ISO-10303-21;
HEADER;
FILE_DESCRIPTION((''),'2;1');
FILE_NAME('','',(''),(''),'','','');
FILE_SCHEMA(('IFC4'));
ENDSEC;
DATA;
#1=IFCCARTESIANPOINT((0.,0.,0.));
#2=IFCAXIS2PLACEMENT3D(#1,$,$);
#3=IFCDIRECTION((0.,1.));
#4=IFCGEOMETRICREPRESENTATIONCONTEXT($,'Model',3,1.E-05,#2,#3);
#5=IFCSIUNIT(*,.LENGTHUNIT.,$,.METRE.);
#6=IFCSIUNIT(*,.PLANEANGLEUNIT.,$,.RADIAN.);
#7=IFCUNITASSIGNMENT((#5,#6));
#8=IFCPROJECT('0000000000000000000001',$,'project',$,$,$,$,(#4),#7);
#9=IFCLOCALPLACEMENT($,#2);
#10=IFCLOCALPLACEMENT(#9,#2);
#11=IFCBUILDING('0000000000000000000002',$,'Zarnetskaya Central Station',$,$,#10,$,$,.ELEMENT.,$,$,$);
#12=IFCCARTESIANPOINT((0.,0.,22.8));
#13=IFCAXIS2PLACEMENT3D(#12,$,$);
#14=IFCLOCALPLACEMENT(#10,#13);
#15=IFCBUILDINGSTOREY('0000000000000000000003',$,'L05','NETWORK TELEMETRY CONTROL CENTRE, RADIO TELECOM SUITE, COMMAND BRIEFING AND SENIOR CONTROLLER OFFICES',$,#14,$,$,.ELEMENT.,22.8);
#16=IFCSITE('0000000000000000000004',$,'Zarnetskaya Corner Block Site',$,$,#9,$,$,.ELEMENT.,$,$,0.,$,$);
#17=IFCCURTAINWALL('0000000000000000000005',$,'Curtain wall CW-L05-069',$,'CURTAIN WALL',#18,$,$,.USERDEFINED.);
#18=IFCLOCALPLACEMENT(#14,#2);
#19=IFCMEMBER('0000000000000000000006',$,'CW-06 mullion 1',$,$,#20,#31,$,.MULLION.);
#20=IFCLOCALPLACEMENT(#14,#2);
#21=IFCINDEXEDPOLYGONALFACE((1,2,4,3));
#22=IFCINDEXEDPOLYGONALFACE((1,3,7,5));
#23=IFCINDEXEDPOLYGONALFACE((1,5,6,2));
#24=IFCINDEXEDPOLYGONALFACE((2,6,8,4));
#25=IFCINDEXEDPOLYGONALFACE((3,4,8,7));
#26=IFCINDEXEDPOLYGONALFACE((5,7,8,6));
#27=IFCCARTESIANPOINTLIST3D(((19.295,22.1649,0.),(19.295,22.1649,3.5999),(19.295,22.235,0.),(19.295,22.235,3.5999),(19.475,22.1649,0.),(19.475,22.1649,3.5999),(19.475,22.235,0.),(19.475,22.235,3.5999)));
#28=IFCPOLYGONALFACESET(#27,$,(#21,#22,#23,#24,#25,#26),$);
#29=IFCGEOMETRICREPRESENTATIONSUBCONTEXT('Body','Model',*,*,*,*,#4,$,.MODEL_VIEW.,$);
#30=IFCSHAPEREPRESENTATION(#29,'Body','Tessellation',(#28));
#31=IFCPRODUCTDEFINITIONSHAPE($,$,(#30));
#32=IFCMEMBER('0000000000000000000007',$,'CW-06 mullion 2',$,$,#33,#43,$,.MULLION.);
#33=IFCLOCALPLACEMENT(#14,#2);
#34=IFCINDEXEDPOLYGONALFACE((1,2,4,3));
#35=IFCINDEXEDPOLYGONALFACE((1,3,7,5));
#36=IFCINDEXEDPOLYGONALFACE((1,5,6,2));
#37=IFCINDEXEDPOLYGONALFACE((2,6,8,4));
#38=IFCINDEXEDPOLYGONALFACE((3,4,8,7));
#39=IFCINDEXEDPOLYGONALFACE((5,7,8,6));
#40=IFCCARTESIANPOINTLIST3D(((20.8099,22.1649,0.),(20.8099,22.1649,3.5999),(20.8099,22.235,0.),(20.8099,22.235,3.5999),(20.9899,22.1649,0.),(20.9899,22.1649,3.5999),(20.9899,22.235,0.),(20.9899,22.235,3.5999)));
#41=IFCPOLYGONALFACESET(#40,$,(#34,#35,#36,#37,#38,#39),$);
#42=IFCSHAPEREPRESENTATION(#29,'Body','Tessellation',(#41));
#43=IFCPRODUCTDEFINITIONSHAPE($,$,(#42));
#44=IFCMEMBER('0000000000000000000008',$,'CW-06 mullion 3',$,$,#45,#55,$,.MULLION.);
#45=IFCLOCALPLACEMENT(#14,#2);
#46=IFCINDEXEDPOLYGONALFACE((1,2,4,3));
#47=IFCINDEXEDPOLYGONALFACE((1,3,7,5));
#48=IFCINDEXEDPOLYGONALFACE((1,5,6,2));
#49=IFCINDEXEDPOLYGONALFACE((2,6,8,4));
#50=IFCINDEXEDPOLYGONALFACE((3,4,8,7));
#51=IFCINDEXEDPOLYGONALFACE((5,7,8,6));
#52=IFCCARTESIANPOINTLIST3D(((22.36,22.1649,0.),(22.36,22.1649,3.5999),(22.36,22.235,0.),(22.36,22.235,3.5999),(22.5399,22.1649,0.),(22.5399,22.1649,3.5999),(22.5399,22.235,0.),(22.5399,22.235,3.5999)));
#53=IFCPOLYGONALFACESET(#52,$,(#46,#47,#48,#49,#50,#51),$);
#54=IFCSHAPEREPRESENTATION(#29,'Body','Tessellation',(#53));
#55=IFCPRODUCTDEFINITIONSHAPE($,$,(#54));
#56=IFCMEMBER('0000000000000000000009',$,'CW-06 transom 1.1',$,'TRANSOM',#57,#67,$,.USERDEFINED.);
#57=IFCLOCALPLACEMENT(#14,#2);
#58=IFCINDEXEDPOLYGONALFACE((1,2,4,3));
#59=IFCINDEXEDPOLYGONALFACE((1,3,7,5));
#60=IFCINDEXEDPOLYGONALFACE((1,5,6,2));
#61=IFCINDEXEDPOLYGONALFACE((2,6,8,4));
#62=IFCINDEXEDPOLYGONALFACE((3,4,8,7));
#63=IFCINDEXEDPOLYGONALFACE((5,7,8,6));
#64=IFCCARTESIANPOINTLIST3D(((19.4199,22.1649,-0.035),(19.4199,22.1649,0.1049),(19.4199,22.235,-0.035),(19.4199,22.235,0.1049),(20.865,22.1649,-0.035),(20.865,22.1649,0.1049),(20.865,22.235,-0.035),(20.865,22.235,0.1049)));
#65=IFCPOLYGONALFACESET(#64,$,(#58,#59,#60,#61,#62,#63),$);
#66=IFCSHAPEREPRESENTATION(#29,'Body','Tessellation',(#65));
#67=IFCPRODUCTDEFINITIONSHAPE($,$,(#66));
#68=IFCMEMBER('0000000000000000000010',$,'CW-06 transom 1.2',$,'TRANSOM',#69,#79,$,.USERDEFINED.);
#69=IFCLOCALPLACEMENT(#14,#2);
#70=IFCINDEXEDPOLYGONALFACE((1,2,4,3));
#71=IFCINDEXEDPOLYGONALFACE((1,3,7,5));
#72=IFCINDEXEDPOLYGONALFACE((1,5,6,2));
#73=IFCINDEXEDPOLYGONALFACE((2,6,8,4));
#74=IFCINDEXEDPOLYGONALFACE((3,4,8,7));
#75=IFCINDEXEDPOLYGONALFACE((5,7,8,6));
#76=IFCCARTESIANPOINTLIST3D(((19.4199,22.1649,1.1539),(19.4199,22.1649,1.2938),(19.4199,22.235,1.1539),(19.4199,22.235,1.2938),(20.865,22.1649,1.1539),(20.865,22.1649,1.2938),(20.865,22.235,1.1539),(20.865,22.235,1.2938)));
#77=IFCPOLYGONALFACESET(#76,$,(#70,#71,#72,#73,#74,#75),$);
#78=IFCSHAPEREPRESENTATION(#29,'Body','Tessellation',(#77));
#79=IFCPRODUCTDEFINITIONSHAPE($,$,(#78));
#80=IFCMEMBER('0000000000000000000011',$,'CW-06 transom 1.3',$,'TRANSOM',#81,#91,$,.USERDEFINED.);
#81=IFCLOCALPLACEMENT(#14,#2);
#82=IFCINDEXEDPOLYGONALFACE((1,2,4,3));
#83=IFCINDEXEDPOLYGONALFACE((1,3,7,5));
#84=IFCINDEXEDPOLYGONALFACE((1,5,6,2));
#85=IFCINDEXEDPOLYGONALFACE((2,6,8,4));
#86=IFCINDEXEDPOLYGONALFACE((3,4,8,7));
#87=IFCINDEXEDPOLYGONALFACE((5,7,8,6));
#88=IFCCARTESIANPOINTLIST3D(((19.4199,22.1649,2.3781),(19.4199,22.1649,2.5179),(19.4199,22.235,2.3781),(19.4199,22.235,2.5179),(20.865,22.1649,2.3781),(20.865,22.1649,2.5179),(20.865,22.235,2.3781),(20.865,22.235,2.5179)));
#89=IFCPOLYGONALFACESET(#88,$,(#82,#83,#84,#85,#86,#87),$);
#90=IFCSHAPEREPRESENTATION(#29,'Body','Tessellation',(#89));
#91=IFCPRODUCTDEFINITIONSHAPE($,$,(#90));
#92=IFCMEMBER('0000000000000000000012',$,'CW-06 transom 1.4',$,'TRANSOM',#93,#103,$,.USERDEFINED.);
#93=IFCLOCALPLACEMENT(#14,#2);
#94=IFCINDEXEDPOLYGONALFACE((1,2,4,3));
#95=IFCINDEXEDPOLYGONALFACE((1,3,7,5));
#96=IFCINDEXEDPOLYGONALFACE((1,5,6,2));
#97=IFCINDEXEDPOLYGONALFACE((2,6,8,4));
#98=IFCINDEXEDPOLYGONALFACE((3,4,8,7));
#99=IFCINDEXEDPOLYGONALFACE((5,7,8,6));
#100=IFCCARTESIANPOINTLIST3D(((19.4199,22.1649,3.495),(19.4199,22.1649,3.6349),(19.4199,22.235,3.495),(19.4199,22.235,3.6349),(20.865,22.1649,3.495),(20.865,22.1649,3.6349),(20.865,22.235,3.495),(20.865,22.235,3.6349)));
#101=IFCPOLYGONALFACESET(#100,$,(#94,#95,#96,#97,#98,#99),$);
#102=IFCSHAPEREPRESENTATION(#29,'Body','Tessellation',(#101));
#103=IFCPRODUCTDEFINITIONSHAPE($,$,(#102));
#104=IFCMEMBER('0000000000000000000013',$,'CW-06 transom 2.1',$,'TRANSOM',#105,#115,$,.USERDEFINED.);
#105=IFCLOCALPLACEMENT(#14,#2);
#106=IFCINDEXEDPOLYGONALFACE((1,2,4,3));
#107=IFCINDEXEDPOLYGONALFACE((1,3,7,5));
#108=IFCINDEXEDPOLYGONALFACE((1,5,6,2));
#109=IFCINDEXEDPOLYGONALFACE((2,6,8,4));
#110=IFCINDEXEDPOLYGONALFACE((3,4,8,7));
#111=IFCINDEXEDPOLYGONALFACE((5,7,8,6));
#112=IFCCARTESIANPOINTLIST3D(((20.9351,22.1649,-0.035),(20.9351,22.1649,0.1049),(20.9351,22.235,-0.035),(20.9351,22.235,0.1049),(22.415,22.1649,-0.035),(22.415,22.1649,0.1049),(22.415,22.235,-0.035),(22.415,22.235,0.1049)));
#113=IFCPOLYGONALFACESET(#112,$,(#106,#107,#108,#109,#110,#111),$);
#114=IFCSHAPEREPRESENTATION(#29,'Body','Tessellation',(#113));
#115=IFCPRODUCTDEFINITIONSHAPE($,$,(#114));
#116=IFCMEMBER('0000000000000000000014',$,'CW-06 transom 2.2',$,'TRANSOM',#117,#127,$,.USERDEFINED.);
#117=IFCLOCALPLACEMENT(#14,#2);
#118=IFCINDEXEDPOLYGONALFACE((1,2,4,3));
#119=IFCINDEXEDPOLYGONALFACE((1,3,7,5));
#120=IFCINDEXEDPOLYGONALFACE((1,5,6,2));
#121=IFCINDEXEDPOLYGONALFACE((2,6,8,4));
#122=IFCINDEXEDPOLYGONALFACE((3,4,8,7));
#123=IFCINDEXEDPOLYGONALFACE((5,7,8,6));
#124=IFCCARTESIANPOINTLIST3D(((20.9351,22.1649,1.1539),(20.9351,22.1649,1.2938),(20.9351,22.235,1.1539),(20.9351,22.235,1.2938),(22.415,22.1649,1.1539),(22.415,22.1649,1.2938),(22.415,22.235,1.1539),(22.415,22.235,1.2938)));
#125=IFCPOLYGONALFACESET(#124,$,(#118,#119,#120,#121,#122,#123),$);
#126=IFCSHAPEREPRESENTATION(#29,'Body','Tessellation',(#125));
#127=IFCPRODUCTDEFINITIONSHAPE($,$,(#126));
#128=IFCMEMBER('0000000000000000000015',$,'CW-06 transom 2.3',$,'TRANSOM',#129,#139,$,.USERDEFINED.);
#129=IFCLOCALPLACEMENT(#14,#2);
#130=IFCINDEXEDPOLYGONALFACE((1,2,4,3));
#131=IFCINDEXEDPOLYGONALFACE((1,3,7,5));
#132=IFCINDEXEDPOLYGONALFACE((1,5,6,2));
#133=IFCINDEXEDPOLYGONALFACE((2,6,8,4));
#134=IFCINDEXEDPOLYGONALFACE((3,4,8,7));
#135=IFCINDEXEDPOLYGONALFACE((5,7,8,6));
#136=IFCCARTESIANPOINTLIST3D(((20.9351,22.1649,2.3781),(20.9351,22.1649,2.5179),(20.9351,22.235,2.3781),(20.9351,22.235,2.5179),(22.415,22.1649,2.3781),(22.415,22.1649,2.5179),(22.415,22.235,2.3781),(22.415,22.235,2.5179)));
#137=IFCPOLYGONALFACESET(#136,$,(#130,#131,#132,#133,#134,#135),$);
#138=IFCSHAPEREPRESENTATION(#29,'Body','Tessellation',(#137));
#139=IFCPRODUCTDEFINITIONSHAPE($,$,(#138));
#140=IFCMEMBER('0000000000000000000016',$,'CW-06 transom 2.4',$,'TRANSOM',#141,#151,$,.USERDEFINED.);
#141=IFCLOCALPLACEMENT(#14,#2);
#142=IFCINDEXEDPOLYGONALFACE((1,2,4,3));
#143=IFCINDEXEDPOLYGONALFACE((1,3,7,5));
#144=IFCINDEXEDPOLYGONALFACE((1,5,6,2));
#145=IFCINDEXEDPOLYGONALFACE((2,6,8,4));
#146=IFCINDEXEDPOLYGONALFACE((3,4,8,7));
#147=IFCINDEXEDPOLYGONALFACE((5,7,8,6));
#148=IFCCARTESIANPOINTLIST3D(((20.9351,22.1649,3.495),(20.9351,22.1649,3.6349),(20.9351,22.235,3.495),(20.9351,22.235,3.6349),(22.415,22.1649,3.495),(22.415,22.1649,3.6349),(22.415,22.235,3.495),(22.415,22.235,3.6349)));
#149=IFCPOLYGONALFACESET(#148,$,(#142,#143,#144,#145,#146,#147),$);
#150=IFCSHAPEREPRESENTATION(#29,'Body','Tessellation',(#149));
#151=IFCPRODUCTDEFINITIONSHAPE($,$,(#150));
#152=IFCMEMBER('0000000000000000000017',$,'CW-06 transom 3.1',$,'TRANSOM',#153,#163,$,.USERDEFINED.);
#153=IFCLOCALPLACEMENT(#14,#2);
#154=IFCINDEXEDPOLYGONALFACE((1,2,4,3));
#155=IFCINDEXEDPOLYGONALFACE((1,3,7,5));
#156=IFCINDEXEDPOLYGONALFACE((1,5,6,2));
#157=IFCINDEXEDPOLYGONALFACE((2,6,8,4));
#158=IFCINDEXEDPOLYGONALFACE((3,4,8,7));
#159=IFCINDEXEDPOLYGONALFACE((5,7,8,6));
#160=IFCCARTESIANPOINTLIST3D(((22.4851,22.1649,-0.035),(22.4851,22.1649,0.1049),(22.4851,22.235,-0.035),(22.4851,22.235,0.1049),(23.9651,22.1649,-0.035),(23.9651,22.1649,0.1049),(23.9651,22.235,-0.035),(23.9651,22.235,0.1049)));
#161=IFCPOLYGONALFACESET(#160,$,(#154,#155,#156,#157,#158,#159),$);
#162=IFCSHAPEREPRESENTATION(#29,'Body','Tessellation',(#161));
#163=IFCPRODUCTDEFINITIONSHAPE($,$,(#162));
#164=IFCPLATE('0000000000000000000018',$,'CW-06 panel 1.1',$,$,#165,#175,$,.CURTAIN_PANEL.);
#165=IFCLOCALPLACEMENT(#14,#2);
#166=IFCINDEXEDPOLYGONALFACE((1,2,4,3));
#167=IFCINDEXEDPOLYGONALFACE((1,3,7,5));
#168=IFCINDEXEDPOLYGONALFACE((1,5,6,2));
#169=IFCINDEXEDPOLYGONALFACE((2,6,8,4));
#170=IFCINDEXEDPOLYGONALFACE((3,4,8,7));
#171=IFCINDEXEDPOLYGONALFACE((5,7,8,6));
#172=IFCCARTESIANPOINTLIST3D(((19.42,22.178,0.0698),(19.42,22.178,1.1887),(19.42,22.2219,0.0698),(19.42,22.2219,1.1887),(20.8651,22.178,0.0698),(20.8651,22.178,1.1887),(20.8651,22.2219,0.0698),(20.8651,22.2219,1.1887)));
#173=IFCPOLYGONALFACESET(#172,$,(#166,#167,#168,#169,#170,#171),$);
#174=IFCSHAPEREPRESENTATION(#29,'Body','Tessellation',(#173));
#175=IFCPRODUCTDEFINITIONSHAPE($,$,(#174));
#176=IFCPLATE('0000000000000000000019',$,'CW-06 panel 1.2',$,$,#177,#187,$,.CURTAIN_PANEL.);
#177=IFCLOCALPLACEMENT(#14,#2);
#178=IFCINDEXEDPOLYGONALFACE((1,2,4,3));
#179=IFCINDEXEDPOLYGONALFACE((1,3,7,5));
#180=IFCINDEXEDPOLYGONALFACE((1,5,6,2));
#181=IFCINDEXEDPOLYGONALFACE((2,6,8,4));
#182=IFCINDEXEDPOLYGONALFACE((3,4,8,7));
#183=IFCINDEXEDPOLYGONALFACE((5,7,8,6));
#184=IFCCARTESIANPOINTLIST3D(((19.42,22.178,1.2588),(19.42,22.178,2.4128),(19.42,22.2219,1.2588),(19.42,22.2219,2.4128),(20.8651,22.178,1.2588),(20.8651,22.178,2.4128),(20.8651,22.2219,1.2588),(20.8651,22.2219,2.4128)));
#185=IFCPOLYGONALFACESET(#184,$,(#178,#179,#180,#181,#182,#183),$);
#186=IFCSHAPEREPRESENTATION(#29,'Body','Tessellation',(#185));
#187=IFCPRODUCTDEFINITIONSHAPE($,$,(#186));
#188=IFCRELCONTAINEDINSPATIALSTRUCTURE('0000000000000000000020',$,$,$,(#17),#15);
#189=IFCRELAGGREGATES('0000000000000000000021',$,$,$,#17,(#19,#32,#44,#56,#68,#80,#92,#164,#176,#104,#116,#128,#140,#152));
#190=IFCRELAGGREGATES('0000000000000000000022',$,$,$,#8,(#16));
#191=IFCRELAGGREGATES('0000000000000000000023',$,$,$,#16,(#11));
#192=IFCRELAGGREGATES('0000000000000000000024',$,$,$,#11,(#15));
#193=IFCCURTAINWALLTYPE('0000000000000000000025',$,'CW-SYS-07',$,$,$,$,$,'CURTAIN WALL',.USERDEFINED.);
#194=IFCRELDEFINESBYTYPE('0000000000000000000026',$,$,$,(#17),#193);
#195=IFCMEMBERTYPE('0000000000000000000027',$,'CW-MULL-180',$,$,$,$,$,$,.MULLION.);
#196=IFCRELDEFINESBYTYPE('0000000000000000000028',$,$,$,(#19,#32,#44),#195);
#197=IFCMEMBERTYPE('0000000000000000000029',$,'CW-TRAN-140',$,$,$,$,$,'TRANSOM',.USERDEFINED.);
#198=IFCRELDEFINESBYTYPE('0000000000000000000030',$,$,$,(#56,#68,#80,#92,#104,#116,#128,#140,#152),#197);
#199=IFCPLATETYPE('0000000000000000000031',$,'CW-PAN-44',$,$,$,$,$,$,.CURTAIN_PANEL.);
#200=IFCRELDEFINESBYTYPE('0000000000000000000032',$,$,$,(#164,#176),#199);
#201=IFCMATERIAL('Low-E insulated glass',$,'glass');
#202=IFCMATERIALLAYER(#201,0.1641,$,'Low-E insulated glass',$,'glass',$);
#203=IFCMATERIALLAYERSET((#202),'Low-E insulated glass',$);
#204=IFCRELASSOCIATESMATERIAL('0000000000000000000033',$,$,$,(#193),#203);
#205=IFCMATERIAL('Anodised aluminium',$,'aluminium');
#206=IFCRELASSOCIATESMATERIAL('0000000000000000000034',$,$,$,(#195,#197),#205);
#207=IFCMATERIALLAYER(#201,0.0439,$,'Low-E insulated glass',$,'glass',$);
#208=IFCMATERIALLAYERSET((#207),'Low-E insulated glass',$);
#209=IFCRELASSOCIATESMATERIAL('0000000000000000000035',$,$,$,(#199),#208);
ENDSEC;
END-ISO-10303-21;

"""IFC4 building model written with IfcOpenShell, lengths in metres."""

from ifc_helpers import new_model, si_unit, direction, frame, origin, origin_2d, place, context, subcontext, project, spatial, rectangle, extrude, material, layer, layer_set, material_profile, profile_set, type_object, element, aggregate, save


model = new_model("IFC4")

# Units and contexts
model_context = context("Model", 3, precision=1e-05, world=origin(), true_north=direction((0.0, 1.0)))
body_context = subcontext(model_context, "Body", "Model", "MODEL_VIEW")
ifc_project = project(units=[si_unit("LENGTHUNIT", "METRE"), si_unit("PLANEANGLEUNIT", "RADIAN")], contexts=[model_context])

# Site, building, storey
site_placement = place(None, origin())
site = spatial("IfcSite", under=ifc_project, at=site_placement, Name="Zarnetskaya Corner Block Site", CompositionType="ELEMENT", RefElevation=0.0)
building_placement = place(site_placement, origin())
building = spatial("IfcBuilding", under=site, at=building_placement, Name="Zarnetskaya Central Station", CompositionType="ELEMENT")
storey_placement = place(building_placement, frame((0.0, 0.0, 22.8)))
storey = spatial("IfcBuildingStorey", under=building, at=storey_placement, Name="L05", Description="NETWORK TELEMETRY CONTROL CENTRE, RADIO TELECOM SUITE, COMMAND BRIEFING AND SENIOR CONTROLLER OFFICES", CompositionType="ELEMENT", Elevation=22.8)

# Curtain wall, members, plates
ifc_material_1 = material(Name="Low-E insulated glass", Category="glass")
ifc_layer_1 = layer(ifc_material_1, 0.1641, Name="Low-E insulated glass", Category="glass")
ifc_layer_set_1 = layer_set([ifc_layer_1], Name="Low-E insulated glass")
curtain_wall_type = type_object("IfcCurtainWallType", Name="CW-SYS-07", ElementType="CURTAIN WALL", PredefinedType="USERDEFINED", material=ifc_layer_set_1)
curtain_wall_placement = place(storey_placement, origin())
curtain_wall = element("IfcCurtainWall", 1, at=curtain_wall_placement, inside=storey, type_object=curtain_wall_type, Name="Curtain wall CW-L05-069", ObjectType="CURTAIN WALL", PredefinedType="USERDEFINED")
ifc_material_2 = material(Name="Anodised aluminium", Category="aluminium")
ifc_material_profile_1 = material_profile(ifc_material_2, rectangle(XDim=0.0701, YDim=0.1799, at=origin_2d()), Name="ALU MULL 70x180")
ifc_profile_set_1 = profile_set([ifc_material_profile_1], Name="Anodised aluminium")
member_type_1 = type_object("IfcMemberType", Name="CW-MULL-180", PredefinedType="MULLION", material=ifc_profile_set_1)
member_1_placement = place(storey_placement, frame((19.385, 22.2, 0.0), z_axis=(0.0, 0.0, 1.0), x_axis=(0.0, 1.0, 0.0)))
member_1 = element("IfcMember", 2, at=member_1_placement, type_object=member_type_1, Name="CW-06 mullion 1", PredefinedType="MULLION", context=body_context, shape_type="SweptSolid", body=[
    extrude(rectangle(XDim=0.0701, YDim=0.1799, at=origin_2d()), origin(), (0.0, 0.0, 1.0), 3.5999),
])
member_2_placement = place(storey_placement, frame((20.8999, 22.2, 0.0), z_axis=(0.0, 0.0, 1.0), x_axis=(0.0, 1.0, 0.0)))
member_2 = element("IfcMember", 3, at=member_2_placement, type_object=member_type_1, Name="CW-06 mullion 2", PredefinedType="MULLION", context=body_context, shape_type="SweptSolid", body=[
    extrude(rectangle(XDim=0.0701, YDim=0.1799, at=origin_2d()), origin(), (0.0, 0.0, 1.0), 3.5999),
])
member_3_placement = place(storey_placement, frame((22.45, 22.2, 0.0), z_axis=(0.0, 0.0, 1.0), x_axis=(0.0, 1.0, 0.0)))
member_3 = element("IfcMember", 4, at=member_3_placement, type_object=member_type_1, Name="CW-06 mullion 3", PredefinedType="MULLION", context=body_context, shape_type="SweptSolid", body=[
    extrude(rectangle(XDim=0.0701, YDim=0.1799, at=origin_2d()), origin(), (0.0, 0.0, 1.0), 3.5999),
])
ifc_material_profile_2 = material_profile(ifc_material_2, rectangle(XDim=0.0701, YDim=0.1399, at=origin_2d()), Name="ALU TRAN 70x140")
ifc_profile_set_2 = profile_set([ifc_material_profile_2], Name="Anodised aluminium")
member_type_2 = type_object("IfcMemberType", Name="CW-TRAN-140", ElementType="TRANSOM", PredefinedType="USERDEFINED", material=ifc_profile_set_2)
member_4_placement = place(storey_placement, frame((19.4199, 22.2, 0.0349), z_axis=(1.0, 0.0, 0.0), x_axis=(0.0, 1.0, 0.0)))
member_4 = element("IfcMember", 5, at=member_4_placement, type_object=member_type_2, Name="CW-06 transom 1.1", ObjectType="TRANSOM", PredefinedType="USERDEFINED", context=body_context, shape_type="SweptSolid", body=[
    extrude(rectangle(XDim=0.0701, YDim=0.1399, at=origin_2d()), origin(), (0.0, 0.0, 1.0), 1.4451),
])
member_5_placement = place(storey_placement, frame((19.4199, 22.2, 1.2239), z_axis=(1.0, 0.0, 0.0), x_axis=(0.0, 1.0, 0.0)))
member_5 = element("IfcMember", 6, at=member_5_placement, type_object=member_type_2, Name="CW-06 transom 1.2", ObjectType="TRANSOM", PredefinedType="USERDEFINED", context=body_context, shape_type="SweptSolid", body=[
    extrude(rectangle(XDim=0.0701, YDim=0.1399, at=origin_2d()), origin(), (0.0, 0.0, 1.0), 1.4451),
])
member_6_placement = place(storey_placement, frame((19.4199, 22.2, 2.448), z_axis=(1.0, 0.0, 0.0), x_axis=(0.0, 1.0, 0.0)))
member_6 = element("IfcMember", 7, at=member_6_placement, type_object=member_type_2, Name="CW-06 transom 1.3", ObjectType="TRANSOM", PredefinedType="USERDEFINED", context=body_context, shape_type="SweptSolid", body=[
    extrude(rectangle(XDim=0.0701, YDim=0.1399, at=origin_2d()), origin(), (0.0, 0.0, 1.0), 1.4451),
])
member_7_placement = place(storey_placement, frame((19.4199, 22.2, 3.5649), z_axis=(1.0, 0.0, 0.0), x_axis=(0.0, 1.0, 0.0)))
member_7 = element("IfcMember", 8, at=member_7_placement, type_object=member_type_2, Name="CW-06 transom 1.4", ObjectType="TRANSOM", PredefinedType="USERDEFINED", context=body_context, shape_type="SweptSolid", body=[
    extrude(rectangle(XDim=0.0701, YDim=0.1399, at=origin_2d()), origin(), (0.0, 0.0, 1.0), 1.4451),
])
member_8_placement = place(storey_placement, frame((20.9351, 22.2, 0.0349), z_axis=(1.0, 0.0, 0.0), x_axis=(0.0, 1.0, 0.0)))
member_8 = element("IfcMember", 9, at=member_8_placement, type_object=member_type_2, Name="CW-06 transom 2.1", ObjectType="TRANSOM", PredefinedType="USERDEFINED", context=body_context, shape_type="SweptSolid", body=[
    extrude(rectangle(XDim=0.0701, YDim=0.1399, at=origin_2d()), origin(), (0.0, 0.0, 1.0), 1.48),
])
member_9_placement = place(storey_placement, frame((20.9351, 22.2, 1.2239), z_axis=(1.0, 0.0, 0.0), x_axis=(0.0, 1.0, 0.0)))
member_9 = element("IfcMember", 10, at=member_9_placement, type_object=member_type_2, Name="CW-06 transom 2.2", ObjectType="TRANSOM", PredefinedType="USERDEFINED", context=body_context, shape_type="SweptSolid", body=[
    extrude(rectangle(XDim=0.0701, YDim=0.1399, at=origin_2d()), origin(), (0.0, 0.0, 1.0), 1.48),
])
member_10_placement = place(storey_placement, frame((20.9351, 22.2, 2.448), z_axis=(1.0, 0.0, 0.0), x_axis=(0.0, 1.0, 0.0)))
member_10 = element("IfcMember", 11, at=member_10_placement, type_object=member_type_2, Name="CW-06 transom 2.3", ObjectType="TRANSOM", PredefinedType="USERDEFINED", context=body_context, shape_type="SweptSolid", body=[
    extrude(rectangle(XDim=0.0701, YDim=0.1399, at=origin_2d()), origin(), (0.0, 0.0, 1.0), 1.48),
])
member_11_placement = place(storey_placement, frame((20.9351, 22.2, 3.5649), z_axis=(1.0, 0.0, 0.0), x_axis=(0.0, 1.0, 0.0)))
member_11 = element("IfcMember", 12, at=member_11_placement, type_object=member_type_2, Name="CW-06 transom 2.4", ObjectType="TRANSOM", PredefinedType="USERDEFINED", context=body_context, shape_type="SweptSolid", body=[
    extrude(rectangle(XDim=0.0701, YDim=0.1399, at=origin_2d()), origin(), (0.0, 0.0, 1.0), 1.48),
])
member_12_placement = place(storey_placement, frame((22.4851, 22.2, 0.0349), z_axis=(1.0, 0.0, 0.0), x_axis=(0.0, 1.0, 0.0)))
member_12 = element("IfcMember", 13, at=member_12_placement, type_object=member_type_2, Name="CW-06 transom 3.1", ObjectType="TRANSOM", PredefinedType="USERDEFINED", context=body_context, shape_type="SweptSolid", body=[
    extrude(rectangle(XDim=0.0701, YDim=0.1399, at=origin_2d()), origin(), (0.0, 0.0, 1.0), 1.48),
])
ifc_layer_2 = layer(ifc_material_1, 0.0439, Name="Low-E insulated glass", Category="glass")
ifc_layer_set_2 = layer_set([ifc_layer_2], Name="Low-E insulated glass")
plate_type = type_object("IfcPlateType", Name="CW-PAN-44", PredefinedType="CURTAIN_PANEL", material=ifc_layer_set_2)
plate_1_placement = place(storey_placement, frame((20.1426, 22.2, 0.0698), z_axis=(0.0, 0.0, 1.0), x_axis=(1.0, 0.0, 0.0)))
plate_1 = element("IfcPlate", 14, at=plate_1_placement, type_object=plate_type, Name="CW-06 panel 1.1", PredefinedType="CURTAIN_PANEL", context=body_context, shape_type="SweptSolid", body=[
    extrude(rectangle(XDim=1.4451, YDim=0.0439, at=origin_2d()), origin(), (0.0, 0.0, 1.0), 1.1189),
])
plate_2_placement = place(storey_placement, frame((20.1426, 22.2, 1.2588), z_axis=(0.0, 0.0, 1.0), x_axis=(1.0, 0.0, 0.0)))
plate_2 = element("IfcPlate", 15, at=plate_2_placement, type_object=plate_type, Name="CW-06 panel 1.2", PredefinedType="CURTAIN_PANEL", context=body_context, shape_type="SweptSolid", body=[
    extrude(rectangle(XDim=1.4451, YDim=0.0439, at=origin_2d()), origin(), (0.0, 0.0, 1.0), 1.1541),
])
aggregate(curtain_wall, [member_1, member_2, member_3, member_4, member_5, member_6, member_7, plate_1, plate_2, member_8, member_9, member_10, member_11, member_12])

save(model, "model.ifc")
